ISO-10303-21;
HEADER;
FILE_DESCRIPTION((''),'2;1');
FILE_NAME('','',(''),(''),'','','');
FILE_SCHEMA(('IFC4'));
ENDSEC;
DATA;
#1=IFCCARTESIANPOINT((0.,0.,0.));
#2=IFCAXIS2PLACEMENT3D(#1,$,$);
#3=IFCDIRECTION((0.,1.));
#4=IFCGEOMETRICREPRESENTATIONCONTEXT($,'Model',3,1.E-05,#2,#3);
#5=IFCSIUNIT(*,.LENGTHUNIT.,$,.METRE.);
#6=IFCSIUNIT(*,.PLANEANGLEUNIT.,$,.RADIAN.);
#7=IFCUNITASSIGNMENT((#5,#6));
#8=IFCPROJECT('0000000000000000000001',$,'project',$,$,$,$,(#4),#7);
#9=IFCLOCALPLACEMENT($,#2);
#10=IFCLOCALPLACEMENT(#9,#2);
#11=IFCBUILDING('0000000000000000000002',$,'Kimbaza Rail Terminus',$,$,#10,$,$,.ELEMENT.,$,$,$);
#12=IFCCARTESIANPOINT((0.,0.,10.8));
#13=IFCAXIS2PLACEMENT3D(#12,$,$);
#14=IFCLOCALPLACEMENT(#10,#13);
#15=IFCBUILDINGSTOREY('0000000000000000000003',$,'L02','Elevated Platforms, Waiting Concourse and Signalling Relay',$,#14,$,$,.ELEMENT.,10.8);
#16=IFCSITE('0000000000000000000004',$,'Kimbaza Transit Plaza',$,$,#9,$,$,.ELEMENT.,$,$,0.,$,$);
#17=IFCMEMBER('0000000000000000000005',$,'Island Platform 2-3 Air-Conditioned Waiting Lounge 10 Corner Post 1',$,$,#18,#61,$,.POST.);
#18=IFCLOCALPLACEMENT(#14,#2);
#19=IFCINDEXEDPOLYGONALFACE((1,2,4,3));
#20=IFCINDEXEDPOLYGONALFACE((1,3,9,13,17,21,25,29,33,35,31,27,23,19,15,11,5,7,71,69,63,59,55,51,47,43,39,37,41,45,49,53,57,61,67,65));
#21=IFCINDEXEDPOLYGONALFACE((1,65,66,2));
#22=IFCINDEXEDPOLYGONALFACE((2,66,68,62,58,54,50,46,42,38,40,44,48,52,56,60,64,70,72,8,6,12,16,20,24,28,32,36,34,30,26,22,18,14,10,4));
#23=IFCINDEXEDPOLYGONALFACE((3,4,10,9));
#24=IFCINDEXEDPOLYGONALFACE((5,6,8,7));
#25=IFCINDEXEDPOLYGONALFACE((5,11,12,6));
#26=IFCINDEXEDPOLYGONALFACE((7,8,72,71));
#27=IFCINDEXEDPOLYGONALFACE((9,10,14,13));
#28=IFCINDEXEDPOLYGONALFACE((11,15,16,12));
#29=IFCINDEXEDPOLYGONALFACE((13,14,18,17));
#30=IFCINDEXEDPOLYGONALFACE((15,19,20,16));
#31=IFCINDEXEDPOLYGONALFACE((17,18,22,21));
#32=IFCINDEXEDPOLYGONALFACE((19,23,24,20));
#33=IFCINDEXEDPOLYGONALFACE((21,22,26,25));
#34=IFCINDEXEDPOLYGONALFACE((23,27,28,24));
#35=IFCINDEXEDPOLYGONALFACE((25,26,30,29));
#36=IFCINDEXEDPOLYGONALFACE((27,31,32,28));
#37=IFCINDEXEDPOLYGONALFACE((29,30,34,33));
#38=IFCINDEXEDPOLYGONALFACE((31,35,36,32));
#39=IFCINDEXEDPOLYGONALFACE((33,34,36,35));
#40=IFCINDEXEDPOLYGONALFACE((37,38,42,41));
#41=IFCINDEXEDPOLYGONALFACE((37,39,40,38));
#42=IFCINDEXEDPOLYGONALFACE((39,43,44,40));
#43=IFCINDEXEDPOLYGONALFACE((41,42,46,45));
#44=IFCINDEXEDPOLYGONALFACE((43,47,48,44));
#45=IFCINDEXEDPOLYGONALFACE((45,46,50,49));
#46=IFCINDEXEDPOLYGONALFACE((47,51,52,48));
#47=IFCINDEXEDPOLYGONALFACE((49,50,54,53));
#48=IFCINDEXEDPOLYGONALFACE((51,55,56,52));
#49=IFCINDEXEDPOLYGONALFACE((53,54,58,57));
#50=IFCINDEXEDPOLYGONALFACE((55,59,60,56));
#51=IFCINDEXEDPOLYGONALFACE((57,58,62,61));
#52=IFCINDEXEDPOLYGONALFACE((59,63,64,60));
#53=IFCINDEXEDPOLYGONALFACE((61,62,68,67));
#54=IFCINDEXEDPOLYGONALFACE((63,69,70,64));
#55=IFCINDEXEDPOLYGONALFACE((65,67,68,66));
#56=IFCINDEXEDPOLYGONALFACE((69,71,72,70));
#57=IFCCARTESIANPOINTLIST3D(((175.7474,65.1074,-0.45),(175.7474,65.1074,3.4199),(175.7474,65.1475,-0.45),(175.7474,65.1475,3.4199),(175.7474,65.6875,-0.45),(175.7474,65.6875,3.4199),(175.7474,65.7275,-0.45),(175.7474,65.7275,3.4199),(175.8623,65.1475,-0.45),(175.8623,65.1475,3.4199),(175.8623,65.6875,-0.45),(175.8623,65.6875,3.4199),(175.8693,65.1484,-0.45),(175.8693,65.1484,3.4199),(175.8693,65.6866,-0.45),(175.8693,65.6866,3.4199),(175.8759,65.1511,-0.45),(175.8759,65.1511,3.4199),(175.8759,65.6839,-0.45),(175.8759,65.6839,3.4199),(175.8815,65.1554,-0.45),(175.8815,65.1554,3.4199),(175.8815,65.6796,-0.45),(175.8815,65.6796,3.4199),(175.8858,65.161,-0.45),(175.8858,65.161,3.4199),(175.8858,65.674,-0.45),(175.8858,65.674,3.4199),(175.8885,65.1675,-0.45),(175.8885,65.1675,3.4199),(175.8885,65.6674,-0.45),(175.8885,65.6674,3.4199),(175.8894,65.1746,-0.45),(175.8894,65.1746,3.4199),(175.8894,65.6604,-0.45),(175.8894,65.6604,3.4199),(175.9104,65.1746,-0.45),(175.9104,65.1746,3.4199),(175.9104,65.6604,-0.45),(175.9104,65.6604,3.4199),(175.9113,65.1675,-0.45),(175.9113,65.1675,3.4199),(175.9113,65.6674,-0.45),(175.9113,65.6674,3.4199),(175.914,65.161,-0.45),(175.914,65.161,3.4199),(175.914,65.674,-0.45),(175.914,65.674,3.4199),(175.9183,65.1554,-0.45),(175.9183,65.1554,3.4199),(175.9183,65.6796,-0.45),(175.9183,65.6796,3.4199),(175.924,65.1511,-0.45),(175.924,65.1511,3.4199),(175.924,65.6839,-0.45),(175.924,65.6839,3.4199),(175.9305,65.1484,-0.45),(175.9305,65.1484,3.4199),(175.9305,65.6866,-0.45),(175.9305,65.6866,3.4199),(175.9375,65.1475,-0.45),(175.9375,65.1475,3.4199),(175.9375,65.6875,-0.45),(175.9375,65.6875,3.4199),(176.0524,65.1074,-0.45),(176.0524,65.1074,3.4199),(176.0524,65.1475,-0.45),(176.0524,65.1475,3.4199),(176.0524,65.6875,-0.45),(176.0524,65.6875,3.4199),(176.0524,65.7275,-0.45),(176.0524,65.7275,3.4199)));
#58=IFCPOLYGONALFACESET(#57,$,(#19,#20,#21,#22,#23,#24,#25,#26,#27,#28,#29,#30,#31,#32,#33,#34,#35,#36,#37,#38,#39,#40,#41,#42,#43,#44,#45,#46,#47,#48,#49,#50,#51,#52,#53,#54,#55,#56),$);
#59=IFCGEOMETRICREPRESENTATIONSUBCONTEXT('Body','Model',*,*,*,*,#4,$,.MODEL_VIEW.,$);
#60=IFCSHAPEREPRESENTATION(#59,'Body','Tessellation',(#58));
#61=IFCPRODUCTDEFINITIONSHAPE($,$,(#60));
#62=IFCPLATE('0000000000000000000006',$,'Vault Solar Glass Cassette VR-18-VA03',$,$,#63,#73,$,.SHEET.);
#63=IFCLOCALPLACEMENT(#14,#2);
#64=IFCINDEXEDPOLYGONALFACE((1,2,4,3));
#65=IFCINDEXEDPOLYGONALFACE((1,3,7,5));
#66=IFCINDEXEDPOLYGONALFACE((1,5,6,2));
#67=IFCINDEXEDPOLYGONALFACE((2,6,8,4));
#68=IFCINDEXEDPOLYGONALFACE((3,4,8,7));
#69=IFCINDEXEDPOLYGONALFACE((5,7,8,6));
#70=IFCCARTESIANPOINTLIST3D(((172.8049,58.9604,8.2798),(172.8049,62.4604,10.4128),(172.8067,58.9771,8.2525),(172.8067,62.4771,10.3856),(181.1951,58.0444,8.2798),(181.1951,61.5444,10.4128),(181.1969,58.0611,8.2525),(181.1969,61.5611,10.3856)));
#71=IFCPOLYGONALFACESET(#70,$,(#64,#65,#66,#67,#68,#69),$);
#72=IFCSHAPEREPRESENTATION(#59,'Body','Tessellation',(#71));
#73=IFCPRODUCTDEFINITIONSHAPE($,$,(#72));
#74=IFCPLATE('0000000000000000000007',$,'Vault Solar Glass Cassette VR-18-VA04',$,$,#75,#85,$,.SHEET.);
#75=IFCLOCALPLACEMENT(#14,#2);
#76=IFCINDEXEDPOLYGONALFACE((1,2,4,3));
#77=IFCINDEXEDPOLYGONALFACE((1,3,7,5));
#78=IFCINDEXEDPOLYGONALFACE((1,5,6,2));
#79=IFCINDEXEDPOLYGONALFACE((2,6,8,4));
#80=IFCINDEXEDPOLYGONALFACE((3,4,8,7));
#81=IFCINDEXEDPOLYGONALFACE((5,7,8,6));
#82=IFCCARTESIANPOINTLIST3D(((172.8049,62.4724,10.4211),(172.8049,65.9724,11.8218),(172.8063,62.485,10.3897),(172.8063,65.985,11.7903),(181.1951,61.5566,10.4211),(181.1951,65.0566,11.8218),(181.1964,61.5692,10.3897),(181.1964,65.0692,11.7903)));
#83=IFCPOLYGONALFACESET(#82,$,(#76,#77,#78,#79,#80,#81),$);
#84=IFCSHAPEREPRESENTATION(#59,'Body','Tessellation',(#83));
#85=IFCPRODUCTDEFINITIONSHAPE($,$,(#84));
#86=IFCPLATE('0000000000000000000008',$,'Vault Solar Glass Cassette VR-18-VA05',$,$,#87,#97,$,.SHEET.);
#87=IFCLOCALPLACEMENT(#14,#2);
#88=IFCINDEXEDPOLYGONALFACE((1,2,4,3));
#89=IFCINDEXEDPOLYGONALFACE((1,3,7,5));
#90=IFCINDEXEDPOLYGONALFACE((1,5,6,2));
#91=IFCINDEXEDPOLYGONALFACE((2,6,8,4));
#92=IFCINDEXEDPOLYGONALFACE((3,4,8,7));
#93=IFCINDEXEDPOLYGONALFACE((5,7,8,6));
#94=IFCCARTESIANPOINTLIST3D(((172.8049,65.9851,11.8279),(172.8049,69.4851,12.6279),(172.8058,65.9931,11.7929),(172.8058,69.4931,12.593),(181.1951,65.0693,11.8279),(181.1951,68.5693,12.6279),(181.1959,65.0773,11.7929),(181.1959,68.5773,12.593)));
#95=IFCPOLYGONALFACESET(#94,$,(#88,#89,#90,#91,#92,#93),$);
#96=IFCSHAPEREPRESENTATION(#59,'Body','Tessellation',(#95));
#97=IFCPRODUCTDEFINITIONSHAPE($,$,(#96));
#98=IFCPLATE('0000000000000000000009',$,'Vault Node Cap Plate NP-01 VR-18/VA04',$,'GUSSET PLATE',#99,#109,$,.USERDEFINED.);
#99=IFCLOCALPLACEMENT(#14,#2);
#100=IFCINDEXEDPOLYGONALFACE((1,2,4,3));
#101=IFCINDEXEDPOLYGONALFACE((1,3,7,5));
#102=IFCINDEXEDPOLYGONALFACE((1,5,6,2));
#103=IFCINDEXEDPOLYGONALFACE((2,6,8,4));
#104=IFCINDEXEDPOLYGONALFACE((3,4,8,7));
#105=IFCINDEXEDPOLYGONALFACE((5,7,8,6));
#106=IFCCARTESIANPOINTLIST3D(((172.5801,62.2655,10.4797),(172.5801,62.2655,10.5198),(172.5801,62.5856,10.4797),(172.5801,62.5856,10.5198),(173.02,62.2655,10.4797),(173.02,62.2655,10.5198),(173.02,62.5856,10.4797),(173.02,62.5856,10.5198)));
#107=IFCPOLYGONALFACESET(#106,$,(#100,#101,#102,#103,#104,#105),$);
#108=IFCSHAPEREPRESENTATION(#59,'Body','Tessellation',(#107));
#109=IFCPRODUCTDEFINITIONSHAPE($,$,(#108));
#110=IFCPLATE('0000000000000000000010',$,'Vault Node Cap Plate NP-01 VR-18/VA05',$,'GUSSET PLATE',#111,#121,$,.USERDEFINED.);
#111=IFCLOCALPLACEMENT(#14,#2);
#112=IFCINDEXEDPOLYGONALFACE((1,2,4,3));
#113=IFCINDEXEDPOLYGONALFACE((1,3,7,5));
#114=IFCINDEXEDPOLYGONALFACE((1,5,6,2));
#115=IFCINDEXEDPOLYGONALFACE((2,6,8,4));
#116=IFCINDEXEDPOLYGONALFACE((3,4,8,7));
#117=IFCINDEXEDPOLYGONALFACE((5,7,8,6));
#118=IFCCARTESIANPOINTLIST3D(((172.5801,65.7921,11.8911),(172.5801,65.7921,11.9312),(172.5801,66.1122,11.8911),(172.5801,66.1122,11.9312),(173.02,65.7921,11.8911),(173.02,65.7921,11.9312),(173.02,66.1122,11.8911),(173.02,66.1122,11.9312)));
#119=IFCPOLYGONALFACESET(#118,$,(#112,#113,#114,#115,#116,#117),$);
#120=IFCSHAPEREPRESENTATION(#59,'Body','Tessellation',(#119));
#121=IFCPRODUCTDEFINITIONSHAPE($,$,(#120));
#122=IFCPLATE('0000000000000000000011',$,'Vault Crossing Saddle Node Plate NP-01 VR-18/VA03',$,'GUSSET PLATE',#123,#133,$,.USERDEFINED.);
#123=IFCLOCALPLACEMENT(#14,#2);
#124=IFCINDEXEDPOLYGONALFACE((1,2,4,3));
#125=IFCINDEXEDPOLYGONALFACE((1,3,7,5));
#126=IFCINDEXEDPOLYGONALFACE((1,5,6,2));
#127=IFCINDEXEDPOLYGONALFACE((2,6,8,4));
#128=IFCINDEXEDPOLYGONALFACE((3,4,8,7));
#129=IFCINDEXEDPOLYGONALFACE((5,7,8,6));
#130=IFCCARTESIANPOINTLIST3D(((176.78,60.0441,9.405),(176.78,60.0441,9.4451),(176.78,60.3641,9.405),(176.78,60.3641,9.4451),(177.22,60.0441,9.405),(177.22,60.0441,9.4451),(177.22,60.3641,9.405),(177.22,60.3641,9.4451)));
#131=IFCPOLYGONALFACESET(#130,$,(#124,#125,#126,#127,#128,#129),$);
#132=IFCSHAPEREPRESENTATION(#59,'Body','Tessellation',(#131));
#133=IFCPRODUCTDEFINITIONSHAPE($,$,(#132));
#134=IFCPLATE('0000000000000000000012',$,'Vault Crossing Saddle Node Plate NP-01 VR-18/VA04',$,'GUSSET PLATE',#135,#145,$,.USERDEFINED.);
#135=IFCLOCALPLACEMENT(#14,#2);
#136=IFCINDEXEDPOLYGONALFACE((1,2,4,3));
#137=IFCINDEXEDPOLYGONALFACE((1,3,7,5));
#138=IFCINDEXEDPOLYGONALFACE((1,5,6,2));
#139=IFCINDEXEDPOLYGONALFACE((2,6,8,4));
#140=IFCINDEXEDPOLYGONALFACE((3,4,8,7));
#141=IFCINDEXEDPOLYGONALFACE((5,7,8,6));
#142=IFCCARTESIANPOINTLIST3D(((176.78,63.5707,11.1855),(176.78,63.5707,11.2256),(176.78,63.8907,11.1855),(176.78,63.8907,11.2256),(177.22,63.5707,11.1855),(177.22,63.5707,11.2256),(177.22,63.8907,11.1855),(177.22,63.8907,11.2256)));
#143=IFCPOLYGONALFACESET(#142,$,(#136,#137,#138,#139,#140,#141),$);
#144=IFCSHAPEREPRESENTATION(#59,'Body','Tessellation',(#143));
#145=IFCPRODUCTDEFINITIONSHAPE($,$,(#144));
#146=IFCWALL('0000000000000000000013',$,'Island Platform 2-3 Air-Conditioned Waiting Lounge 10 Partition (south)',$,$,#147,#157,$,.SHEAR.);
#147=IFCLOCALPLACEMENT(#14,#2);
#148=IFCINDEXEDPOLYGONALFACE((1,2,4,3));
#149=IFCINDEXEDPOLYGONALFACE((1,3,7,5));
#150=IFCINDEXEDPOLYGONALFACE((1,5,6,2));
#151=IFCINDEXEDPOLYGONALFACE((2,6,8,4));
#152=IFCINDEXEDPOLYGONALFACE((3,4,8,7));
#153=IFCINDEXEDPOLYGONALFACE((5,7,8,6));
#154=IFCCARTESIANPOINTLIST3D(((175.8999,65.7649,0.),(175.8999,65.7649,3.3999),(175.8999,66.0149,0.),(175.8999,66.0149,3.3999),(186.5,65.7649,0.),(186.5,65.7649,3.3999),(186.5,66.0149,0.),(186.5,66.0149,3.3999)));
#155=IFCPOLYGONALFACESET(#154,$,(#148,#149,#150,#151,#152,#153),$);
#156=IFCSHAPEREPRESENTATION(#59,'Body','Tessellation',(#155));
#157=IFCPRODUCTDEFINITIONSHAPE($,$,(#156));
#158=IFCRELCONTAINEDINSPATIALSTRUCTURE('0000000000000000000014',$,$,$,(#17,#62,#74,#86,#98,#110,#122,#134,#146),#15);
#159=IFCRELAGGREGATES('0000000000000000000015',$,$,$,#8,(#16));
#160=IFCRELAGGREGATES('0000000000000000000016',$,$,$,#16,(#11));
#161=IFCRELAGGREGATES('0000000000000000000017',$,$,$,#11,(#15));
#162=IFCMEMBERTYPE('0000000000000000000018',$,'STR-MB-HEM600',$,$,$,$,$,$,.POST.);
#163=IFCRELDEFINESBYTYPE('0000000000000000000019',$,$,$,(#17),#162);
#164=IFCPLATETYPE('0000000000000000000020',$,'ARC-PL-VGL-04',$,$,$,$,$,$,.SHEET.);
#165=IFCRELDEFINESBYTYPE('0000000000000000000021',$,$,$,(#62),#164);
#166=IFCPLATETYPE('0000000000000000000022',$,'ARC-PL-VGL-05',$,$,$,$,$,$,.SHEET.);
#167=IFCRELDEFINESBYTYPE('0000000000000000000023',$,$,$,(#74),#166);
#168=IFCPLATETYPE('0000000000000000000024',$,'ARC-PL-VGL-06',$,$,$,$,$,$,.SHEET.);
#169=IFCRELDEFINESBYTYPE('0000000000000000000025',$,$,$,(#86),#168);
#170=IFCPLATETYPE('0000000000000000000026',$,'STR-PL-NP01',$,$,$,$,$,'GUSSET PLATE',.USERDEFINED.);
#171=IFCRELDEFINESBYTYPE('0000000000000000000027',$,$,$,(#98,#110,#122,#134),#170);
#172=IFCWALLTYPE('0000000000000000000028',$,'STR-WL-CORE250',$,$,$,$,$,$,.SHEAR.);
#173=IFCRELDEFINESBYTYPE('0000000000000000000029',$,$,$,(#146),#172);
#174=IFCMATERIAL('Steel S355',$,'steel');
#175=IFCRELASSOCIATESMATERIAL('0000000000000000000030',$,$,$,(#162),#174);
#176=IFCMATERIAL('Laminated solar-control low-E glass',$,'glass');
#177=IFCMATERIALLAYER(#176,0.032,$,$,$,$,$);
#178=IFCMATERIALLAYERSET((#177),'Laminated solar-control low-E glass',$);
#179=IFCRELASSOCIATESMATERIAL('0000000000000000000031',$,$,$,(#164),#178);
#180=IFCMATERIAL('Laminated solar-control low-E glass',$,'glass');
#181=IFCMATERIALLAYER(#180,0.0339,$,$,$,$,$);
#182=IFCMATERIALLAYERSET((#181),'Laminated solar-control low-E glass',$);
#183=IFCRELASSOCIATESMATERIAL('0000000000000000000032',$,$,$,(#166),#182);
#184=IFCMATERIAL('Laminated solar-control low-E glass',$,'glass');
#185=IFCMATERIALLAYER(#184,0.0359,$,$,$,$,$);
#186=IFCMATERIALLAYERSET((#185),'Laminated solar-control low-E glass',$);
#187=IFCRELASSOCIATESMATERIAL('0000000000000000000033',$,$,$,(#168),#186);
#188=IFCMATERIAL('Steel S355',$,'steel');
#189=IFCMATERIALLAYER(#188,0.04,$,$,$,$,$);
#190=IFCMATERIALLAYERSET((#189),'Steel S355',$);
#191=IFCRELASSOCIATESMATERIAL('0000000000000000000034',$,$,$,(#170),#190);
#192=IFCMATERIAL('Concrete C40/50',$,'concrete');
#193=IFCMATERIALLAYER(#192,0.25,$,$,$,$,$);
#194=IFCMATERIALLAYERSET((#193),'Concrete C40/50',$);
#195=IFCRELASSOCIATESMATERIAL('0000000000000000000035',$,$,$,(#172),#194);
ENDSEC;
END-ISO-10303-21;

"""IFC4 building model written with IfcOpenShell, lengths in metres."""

from ifc_helpers import new_model, si_unit, direction, frame, frame_2d, origin, origin_2d, place, context, subcontext, project, spatial, polyline, rectangle, i_section, outline, extrude, material, layer, layer_set, material_profile, profile_set, type_object, element, save


model = new_model("IFC4")

# Units and contexts
model_context = context("Model", 3, precision=1e-05, world=origin(), true_north=direction((0.0, 1.0)))
body_context = subcontext(model_context, "Body", "Model", "MODEL_VIEW")
ifc_project = project(units=[si_unit("LENGTHUNIT", "METRE"), si_unit("PLANEANGLEUNIT", "RADIAN")], contexts=[model_context])

# Site, building, storey
site_placement = place(None, origin())
site = spatial("IfcSite", under=ifc_project, at=site_placement, Name="Kimbaza Transit Plaza", CompositionType="ELEMENT", RefElevation=0.0)
building_placement = place(site_placement, origin())
building = spatial("IfcBuilding", under=site, at=building_placement, Name="Kimbaza Rail Terminus", CompositionType="ELEMENT")
storey_placement = place(building_placement, frame((0.0, 0.0, 10.8)))
storey = spatial("IfcBuildingStorey", under=building, at=storey_placement, Name="L02", Description="Elevated Platforms, Waiting Concourse and Signalling Relay", CompositionType="ELEMENT", Elevation=10.8)

# Member
ifc_material_1 = material(Name="Steel S355", Category="steel")
ifc_material_profile_1 = material_profile(ifc_material_1, i_section(OverallWidth=0.3049, OverallDepth=0.6201, WebThickness=0.021, FlangeThickness=0.04, FilletRadius=0.0271, at=origin_2d()), Name="HEM 600")
ifc_profile_set_1 = profile_set([ifc_material_profile_1], Name="Steel S355")
member_type_1 = type_object("IfcMemberType", Name="STR-MB-HEM600", PredefinedType="POST", material=ifc_profile_set_1)
member_1_placement = place(storey_placement, frame((175.8999, 65.4175, -0.45), z_axis=(0.0, 0.0, 1.0), x_axis=(1.0, 0.0, 0.0)))
element("IfcMember", 1, at=member_1_placement, inside=storey, type_object=member_type_1, Name="Island Platform 2-3 Air-Conditioned Waiting Lounge 10 Corner Post 1", PredefinedType="POST", context=body_context, shape_type="SweptSolid", body=[
    extrude(i_section(OverallWidth=0.3049, OverallDepth=0.6201, WebThickness=0.021, FlangeThickness=0.04, FilletRadius=0.0271, at=origin_2d()), origin(), (0.0, 0.0, 1.0), 3.8699),
])

# Plates
ifc_material_2 = material(Name="Laminated solar-control low-E glass", Category="glass")
ifc_layer_1 = layer(ifc_material_2, 0.032)
ifc_layer_set_1 = layer_set([ifc_layer_1], Name="Laminated solar-control low-E glass")
plate_type_1 = type_object("IfcPlateType", Name="ARC-PL-VGL-04", PredefinedType="SHEET", material=ifc_layer_set_1)
plate_1_placement = place(storey_placement, frame((172.8049, 58.9604, 8.2798), z_axis=(-0.056726, -0.519576, 0.852539), x_axis=(0.994093, -0.108533, 0.0)))
element("IfcPlate", 2, at=plate_1_placement, inside=storey, type_object=plate_type_1, Name="Vault Solar Glass Cassette VR-18-VA03", PredefinedType="SHEET", context=body_context, shape_type="SweptSolid", body=[
    extrude(outline(polyline([(0.0, 0.0), (8.44, 0.0), (8.0601, 4.0811), (-0.3799, 4.0811), (0.0, 0.0)])), origin(), (0.0, 0.0, -1.0), 0.032),
])
ifc_material_3 = material(Name="Laminated solar-control low-E glass", Category="glass")
ifc_layer_2 = layer(ifc_material_3, 0.0339)
ifc_layer_set_2 = layer_set([ifc_layer_2], Name="Laminated solar-control low-E glass")
plate_type_2 = type_object("IfcPlateType", Name="ARC-PL-VGL-05", PredefinedType="SHEET", material=ifc_layer_set_2)
plate_2_placement = place(storey_placement, frame((172.8049, 62.4724, 10.4211), z_axis=(-0.040519, -0.371231, 0.927656), x_axis=(0.994096, -0.108504, 0.0)))
element("IfcPlate", 3, at=plate_2_placement, inside=storey, type_object=plate_type_2, Name="Vault Solar Glass Cassette VR-18-VA04", PredefinedType="SHEET", context=body_context, shape_type="SweptSolid", body=[
    extrude(outline(polyline([(0.0, 0.0), (8.44, 0.0), (8.0602, 3.7507), (-0.3798, 3.7507), (0.0, 0.0)])), origin(), (0.0, 0.0, -1.0), 0.0339),
])
ifc_material_4 = material(Name="Laminated solar-control low-E glass", Category="glass")
ifc_layer_3 = layer(ifc_material_4, 0.0359)
ifc_layer_set_3 = layer_set([ifc_layer_3], Name="Laminated solar-control low-E glass")
plate_type_3 = type_object("IfcPlateType", Name="ARC-PL-VGL-06", PredefinedType="SHEET", material=ifc_layer_set_3)
plate_3_placement = place(storey_placement, frame((172.8049, 65.9851, 11.8279), z_axis=(-0.024315, -0.222772, 0.974567), x_axis=(0.994096, -0.108504, 0.0)))
element("IfcPlate", 4, at=plate_3_placement, inside=storey, type_object=plate_type_3, Name="Vault Solar Glass Cassette VR-18-VA05", PredefinedType="SHEET", context=body_context, shape_type="SweptSolid", body=[
    extrude(outline(polyline([(0.0, 0.0), (8.44, 0.0), (8.0602, 3.5701), (-0.3798, 3.5701), (0.0, 0.0)])), origin(), (0.0, 0.0, -1.0), 0.0359),
])
ifc_material_5 = material(Name="Steel S355", Category="steel")
ifc_layer_4 = layer(ifc_material_5, 0.04)
ifc_layer_set_4 = layer_set([ifc_layer_4], Name="Steel S355")
plate_type_4 = type_object("IfcPlateType", Name="STR-PL-NP01", ElementType="GUSSET PLATE", PredefinedType="USERDEFINED", material=ifc_layer_set_4)
for number, where, z_axis, x_axis, name in (
    (5, (172.8, 62.4255, 10.4797), (0.0, 0.0, 1.0), (1.0, 0.0, 0.0), "Vault Node Cap Plate NP-01 VR-18/VA04"),
    (6, (172.8, 65.9521, 11.8911), (0.0, 0.0, 1.0), (1.0, 0.0, 0.0), "Vault Node Cap Plate NP-01 VR-18/VA05"),
    (7, (177.0, 60.2041, 9.405), (0.0, 0.0, 1.0), (1.0, 0.0, 0.0), "Vault Crossing Saddle Node Plate NP-01 VR-18/VA03"),
    (8, (177.0, 63.7307, 11.1855), (0.0, 0.0, 1.0), (1.0, 0.0, 0.0), "Vault Crossing Saddle Node Plate NP-01 VR-18/VA04"),
):
    element("IfcPlate", number, at=place(storey_placement, frame(where, z_axis=z_axis, x_axis=x_axis)), inside=storey, type_object=plate_type_4, Name=name, ObjectType="GUSSET PLATE", PredefinedType="USERDEFINED", context=body_context, shape_type="SweptSolid", body=[
        extrude(rectangle(XDim=0.4399, YDim=0.3201, at=origin_2d()), origin(), (0.0, 0.0, 1.0), 0.04),
    ])

# Wall
ifc_material_6 = material(Name="Concrete C40/50", Category="concrete")
ifc_layer_5 = layer(ifc_material_6, 0.25)
ifc_layer_set_5 = layer_set([ifc_layer_5], Name="Concrete C40/50")
wall_type = type_object("IfcWallType", Name="STR-WL-CORE250", PredefinedType="SHEAR", material=ifc_layer_set_5)
wall_placement = place(storey_placement, frame((175.8999, 65.8899, 0.0), z_axis=(0.0, 0.0, 1.0), x_axis=(1.0, 0.0, 0.0)))
element("IfcWall", 9, at=wall_placement, inside=storey, type_object=wall_type, Name="Island Platform 2-3 Air-Conditioned Waiting Lounge 10 Partition (south)", PredefinedType="SHEAR", context=body_context, shape_type="SweptSolid", body=[
    extrude(rectangle(XDim=10.6001, YDim=0.25, at=frame_2d((5.3, 0.0))), origin(), (0.0, 0.0, 1.0), 3.3999),
])

save(model, "model.ifc")
